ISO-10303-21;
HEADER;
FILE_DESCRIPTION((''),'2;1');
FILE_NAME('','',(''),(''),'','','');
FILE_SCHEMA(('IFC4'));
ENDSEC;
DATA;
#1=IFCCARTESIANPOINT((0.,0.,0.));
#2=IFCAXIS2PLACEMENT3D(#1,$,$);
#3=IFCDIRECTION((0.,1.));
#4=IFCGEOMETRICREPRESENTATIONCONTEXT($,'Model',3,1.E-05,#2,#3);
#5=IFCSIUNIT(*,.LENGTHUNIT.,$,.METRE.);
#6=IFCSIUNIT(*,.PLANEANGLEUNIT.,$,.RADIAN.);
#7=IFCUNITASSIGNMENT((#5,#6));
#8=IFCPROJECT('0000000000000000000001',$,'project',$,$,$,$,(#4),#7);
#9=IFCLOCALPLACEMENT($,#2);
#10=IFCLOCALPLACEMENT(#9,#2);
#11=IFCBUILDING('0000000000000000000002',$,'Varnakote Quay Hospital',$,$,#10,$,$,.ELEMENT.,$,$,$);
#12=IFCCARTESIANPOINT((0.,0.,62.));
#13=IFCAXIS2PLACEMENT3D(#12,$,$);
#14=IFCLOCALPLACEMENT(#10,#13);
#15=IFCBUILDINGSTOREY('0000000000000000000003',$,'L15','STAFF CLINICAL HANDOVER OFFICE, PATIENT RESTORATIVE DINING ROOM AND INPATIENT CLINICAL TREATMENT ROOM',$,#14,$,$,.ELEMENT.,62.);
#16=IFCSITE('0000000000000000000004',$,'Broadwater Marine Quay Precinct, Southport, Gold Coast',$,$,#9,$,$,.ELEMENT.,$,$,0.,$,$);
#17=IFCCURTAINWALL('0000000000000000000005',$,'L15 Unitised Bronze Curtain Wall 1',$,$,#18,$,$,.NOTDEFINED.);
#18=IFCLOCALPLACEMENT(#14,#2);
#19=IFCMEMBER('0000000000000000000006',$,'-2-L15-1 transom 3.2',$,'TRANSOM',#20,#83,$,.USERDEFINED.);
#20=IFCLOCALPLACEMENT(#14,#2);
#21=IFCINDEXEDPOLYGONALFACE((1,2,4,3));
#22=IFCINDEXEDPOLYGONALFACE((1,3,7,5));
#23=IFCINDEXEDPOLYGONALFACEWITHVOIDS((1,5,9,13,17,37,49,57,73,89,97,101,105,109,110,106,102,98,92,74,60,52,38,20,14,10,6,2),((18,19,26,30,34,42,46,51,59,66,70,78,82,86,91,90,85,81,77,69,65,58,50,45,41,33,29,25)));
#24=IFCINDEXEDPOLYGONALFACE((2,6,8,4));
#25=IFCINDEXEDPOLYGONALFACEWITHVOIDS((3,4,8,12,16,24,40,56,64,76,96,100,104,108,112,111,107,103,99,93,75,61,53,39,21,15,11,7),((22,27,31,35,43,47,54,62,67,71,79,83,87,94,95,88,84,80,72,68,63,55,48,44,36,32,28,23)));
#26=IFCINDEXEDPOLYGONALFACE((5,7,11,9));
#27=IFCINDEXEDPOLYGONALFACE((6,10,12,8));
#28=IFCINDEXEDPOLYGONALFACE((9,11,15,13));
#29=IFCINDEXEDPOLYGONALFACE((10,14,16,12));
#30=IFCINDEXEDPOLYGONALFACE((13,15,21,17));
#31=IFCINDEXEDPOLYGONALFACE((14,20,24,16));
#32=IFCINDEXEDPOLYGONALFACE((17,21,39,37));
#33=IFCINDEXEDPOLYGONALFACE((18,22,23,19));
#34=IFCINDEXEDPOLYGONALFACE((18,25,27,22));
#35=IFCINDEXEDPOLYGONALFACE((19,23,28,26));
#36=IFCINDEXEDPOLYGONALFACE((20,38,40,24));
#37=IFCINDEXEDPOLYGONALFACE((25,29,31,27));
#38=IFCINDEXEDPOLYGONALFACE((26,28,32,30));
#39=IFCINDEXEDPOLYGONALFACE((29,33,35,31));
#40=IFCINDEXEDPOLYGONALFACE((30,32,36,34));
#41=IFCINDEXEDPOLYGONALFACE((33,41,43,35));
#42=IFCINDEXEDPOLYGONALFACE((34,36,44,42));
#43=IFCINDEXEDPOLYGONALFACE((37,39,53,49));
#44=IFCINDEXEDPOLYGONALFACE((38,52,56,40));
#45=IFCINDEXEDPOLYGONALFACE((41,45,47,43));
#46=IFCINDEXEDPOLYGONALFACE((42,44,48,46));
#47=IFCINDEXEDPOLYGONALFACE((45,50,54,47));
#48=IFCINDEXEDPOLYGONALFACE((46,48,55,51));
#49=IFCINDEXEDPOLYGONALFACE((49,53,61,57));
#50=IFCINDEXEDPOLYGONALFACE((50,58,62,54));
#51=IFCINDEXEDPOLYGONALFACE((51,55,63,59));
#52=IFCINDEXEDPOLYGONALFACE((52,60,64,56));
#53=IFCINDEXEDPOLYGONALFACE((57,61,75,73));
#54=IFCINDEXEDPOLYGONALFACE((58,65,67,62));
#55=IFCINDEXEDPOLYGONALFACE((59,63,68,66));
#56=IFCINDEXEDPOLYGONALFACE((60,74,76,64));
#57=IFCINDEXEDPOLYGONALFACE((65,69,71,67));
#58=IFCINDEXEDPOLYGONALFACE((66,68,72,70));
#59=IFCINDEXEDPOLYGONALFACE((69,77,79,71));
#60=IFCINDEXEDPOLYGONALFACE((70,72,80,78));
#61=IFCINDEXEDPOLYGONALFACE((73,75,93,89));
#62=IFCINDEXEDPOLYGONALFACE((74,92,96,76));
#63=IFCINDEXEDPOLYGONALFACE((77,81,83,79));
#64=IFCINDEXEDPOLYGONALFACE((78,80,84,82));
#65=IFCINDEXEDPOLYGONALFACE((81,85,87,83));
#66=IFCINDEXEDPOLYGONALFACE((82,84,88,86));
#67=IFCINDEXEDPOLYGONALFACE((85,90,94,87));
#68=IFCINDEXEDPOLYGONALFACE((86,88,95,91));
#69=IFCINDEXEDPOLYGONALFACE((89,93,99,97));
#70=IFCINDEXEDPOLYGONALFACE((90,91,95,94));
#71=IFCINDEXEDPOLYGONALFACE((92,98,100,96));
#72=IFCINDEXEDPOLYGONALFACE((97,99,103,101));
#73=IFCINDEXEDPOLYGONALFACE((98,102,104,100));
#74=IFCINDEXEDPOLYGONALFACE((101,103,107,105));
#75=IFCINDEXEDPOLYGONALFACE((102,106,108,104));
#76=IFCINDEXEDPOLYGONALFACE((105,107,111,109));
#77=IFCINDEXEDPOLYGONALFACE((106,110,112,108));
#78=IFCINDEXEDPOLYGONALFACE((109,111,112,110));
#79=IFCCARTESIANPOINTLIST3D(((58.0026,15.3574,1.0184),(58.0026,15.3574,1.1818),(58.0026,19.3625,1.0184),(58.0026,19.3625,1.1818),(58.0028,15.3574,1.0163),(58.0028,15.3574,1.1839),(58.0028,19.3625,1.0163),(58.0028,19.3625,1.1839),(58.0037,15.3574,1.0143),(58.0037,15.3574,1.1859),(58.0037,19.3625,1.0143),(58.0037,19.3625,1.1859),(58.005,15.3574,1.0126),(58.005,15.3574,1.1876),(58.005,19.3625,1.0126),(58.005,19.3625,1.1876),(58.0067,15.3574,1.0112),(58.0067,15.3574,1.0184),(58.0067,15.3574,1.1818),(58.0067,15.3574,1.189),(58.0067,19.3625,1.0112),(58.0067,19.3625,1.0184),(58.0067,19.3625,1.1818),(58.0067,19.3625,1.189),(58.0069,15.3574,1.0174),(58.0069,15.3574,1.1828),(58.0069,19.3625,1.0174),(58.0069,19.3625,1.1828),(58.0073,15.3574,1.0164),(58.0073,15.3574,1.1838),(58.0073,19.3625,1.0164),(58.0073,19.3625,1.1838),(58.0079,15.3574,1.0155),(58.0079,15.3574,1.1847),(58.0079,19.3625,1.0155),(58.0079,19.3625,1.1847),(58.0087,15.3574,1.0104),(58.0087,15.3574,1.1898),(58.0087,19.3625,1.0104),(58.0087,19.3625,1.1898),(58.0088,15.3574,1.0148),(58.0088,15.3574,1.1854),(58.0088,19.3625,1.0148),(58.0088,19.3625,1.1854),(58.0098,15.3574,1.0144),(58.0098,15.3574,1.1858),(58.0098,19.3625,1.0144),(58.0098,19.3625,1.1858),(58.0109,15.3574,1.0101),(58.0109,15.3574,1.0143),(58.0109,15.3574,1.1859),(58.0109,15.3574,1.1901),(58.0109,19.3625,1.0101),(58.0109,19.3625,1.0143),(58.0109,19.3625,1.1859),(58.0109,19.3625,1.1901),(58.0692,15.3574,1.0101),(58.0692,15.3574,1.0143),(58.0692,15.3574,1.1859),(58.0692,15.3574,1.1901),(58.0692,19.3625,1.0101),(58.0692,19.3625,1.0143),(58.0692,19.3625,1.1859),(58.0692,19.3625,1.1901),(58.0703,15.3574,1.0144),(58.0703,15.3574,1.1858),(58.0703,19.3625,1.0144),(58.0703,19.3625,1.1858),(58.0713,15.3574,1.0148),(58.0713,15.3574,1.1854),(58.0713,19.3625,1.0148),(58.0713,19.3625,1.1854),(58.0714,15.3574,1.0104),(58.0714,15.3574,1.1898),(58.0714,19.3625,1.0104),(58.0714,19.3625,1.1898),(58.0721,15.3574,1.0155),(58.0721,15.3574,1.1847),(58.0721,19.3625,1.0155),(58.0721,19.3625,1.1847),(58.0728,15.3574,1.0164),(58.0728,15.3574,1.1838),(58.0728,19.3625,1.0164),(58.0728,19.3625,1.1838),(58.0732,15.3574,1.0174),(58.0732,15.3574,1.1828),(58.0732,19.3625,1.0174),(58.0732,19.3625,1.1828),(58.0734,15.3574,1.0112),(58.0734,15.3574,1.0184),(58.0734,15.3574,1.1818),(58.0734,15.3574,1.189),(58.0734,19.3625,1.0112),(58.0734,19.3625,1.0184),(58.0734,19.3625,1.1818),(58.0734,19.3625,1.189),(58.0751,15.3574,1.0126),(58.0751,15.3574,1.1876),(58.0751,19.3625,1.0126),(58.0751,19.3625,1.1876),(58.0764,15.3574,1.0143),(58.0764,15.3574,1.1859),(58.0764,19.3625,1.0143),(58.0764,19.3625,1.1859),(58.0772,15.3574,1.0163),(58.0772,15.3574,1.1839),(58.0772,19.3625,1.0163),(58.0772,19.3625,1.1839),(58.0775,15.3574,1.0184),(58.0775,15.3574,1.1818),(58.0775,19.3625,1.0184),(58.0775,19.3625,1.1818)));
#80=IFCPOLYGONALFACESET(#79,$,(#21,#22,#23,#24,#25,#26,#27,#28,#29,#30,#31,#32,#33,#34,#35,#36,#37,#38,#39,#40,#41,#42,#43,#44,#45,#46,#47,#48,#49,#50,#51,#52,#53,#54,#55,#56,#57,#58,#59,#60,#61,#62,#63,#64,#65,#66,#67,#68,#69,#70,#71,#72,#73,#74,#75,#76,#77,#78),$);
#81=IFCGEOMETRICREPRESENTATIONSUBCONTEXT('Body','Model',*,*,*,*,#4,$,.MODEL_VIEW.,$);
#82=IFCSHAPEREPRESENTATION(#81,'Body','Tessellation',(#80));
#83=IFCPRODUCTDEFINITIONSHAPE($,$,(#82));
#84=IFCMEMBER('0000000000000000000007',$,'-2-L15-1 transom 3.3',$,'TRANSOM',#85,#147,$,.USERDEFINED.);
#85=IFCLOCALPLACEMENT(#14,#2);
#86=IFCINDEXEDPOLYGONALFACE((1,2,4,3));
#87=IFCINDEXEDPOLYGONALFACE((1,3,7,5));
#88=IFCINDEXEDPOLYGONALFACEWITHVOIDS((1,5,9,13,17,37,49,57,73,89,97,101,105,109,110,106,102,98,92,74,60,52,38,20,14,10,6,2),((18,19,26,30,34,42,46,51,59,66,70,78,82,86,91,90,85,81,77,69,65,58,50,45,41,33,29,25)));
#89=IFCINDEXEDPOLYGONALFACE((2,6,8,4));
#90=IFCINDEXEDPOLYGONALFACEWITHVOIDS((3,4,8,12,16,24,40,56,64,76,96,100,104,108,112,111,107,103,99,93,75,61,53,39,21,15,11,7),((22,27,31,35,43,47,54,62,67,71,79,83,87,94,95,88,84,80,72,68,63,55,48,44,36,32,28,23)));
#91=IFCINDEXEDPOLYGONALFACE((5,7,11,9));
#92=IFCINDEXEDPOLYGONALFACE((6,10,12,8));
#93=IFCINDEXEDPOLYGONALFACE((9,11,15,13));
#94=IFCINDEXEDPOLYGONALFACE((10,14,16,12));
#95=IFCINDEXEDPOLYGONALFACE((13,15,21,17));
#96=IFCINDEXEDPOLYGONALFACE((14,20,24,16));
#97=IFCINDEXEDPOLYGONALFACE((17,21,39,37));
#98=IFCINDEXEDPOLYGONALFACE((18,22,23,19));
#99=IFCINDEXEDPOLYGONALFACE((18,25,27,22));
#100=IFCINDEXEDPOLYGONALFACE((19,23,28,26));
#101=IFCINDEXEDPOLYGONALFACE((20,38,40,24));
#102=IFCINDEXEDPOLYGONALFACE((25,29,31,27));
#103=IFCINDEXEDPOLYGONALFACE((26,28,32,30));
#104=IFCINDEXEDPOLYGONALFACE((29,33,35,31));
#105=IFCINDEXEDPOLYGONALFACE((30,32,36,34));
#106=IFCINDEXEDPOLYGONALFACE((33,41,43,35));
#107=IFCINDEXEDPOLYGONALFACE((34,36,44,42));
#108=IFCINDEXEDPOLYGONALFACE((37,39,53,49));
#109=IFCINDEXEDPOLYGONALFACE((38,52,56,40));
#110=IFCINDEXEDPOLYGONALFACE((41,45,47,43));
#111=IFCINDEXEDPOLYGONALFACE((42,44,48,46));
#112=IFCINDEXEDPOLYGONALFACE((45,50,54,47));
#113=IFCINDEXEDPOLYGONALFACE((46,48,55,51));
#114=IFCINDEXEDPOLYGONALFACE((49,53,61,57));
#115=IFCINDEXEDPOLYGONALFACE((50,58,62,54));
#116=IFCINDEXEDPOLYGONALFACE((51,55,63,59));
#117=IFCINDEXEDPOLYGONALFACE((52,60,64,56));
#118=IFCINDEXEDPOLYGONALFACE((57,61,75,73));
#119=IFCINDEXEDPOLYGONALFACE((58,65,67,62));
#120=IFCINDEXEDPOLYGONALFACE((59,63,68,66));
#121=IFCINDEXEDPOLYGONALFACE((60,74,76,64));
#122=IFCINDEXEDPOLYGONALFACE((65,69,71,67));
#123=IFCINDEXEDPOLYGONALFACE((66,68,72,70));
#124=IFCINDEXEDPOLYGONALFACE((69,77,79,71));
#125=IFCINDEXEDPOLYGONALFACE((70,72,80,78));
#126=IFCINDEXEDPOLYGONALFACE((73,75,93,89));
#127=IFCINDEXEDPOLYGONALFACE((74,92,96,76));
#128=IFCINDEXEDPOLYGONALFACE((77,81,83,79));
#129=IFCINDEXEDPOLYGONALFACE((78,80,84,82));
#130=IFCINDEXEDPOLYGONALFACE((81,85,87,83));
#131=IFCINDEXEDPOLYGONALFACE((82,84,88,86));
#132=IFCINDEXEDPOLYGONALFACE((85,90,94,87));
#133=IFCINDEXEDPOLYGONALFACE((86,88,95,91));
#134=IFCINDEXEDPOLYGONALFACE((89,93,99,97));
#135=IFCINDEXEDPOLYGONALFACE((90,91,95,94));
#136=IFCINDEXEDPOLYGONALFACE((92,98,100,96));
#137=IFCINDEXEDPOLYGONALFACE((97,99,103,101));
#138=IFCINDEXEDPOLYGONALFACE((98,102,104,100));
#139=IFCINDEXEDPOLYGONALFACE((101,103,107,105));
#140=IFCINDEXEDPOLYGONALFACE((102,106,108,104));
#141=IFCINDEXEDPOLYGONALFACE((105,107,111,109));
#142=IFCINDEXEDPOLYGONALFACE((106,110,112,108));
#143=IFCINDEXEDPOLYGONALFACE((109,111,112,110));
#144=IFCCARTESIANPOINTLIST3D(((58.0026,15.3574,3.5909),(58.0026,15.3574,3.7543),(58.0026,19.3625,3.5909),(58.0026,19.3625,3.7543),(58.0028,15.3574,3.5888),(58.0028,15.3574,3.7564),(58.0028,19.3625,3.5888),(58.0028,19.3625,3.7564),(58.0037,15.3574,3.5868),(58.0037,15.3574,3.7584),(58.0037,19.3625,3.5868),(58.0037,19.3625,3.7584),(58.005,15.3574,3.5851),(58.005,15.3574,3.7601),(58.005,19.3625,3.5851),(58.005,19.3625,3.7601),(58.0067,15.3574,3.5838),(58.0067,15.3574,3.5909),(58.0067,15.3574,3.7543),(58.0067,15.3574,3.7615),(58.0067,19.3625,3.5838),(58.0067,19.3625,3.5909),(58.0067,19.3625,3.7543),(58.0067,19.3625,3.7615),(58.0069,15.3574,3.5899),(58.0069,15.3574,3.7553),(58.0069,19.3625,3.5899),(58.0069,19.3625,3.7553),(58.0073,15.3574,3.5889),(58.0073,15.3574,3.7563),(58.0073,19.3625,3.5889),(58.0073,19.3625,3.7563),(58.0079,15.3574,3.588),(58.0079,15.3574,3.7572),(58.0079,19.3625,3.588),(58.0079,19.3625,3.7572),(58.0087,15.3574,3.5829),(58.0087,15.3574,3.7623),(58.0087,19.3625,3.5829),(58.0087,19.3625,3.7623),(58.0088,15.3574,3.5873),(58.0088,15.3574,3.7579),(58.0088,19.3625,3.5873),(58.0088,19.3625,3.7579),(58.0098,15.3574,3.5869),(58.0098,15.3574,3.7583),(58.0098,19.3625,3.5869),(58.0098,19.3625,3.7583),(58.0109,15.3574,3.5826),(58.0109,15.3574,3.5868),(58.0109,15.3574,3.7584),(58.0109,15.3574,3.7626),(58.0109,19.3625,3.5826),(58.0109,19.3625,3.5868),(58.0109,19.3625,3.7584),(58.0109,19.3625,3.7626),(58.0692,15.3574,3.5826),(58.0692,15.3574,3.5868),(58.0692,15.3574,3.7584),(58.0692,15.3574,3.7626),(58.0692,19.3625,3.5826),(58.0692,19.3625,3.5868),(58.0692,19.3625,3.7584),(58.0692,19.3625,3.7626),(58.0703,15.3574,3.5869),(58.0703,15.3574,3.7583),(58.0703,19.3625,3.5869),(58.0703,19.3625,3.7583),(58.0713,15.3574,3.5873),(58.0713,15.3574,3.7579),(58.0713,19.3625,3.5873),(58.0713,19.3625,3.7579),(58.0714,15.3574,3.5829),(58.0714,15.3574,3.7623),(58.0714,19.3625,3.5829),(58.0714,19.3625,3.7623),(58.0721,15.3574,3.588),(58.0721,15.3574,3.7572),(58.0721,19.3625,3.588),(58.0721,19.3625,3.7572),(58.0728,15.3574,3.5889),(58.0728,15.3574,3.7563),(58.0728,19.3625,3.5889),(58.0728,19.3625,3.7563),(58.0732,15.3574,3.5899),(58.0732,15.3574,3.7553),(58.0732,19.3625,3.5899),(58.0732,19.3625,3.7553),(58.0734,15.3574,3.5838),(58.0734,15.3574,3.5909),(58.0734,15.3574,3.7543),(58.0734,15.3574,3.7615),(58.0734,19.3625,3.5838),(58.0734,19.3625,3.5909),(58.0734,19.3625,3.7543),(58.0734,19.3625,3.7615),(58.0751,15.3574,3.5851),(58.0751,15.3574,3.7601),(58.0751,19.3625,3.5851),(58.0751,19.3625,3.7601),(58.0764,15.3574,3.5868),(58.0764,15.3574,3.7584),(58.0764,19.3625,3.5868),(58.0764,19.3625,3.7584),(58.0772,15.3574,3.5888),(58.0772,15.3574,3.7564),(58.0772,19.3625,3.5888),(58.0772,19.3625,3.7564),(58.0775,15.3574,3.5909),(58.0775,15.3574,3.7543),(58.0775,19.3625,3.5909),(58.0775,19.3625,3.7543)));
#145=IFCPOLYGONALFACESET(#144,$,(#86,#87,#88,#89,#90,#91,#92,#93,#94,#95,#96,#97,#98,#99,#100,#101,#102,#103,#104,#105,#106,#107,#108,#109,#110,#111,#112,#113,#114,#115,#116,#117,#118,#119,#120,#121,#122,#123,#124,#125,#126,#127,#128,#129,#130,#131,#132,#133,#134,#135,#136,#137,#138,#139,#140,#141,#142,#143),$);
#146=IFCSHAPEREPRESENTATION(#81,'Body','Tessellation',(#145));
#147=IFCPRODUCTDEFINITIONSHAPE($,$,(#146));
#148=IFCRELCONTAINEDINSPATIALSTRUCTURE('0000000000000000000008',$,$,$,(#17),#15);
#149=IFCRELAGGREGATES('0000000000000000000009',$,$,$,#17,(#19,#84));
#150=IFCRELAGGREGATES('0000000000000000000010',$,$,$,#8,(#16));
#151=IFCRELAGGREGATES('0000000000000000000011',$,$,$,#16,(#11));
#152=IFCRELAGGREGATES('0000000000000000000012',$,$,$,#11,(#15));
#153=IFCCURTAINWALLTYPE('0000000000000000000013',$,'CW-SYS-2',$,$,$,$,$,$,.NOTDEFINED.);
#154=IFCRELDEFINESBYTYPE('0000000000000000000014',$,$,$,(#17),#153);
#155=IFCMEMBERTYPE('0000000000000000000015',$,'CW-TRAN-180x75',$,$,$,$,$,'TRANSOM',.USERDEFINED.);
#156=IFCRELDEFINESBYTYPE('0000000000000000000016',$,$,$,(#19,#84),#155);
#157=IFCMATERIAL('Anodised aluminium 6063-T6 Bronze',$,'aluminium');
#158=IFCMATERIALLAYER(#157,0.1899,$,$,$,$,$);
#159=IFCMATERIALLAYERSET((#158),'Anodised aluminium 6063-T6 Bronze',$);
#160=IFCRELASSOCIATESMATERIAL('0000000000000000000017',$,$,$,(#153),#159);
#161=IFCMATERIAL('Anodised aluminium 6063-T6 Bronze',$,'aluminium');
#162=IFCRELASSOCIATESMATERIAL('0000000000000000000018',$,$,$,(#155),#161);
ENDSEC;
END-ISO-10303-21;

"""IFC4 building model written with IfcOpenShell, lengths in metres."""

from ifc_helpers import new_model, si_unit, direction, frame, origin, origin_2d, place, context, subcontext, project, spatial, hollow_rectangle, extrude, material, layer, layer_set, material_profile, profile_set, type_object, element, aggregate, save


model = new_model("IFC4")

# Units and contexts
model_context = context("Model", 3, precision=1e-05, world=origin(), true_north=direction((0.0, 1.0)))
body_context = subcontext(model_context, "Body", "Model", "MODEL_VIEW")
ifc_project = project(units=[si_unit("LENGTHUNIT", "METRE"), si_unit("PLANEANGLEUNIT", "RADIAN")], contexts=[model_context])

# Site, building, storey
site_placement = place(None, origin())
site = spatial("IfcSite", under=ifc_project, at=site_placement, Name="Broadwater Marine Quay Precinct, Southport, Gold Coast", CompositionType="ELEMENT", RefElevation=0.0)
building_placement = place(site_placement, origin())
building = spatial("IfcBuilding", under=site, at=building_placement, Name="Varnakote Quay Hospital", CompositionType="ELEMENT")
storey_placement = place(building_placement, frame((0.0, 0.0, 62.0)))
storey = spatial("IfcBuildingStorey", under=building, at=storey_placement, Name="L15", Description="STAFF CLINICAL HANDOVER OFFICE, PATIENT RESTORATIVE DINING ROOM AND INPATIENT CLINICAL TREATMENT ROOM", CompositionType="ELEMENT", Elevation=62.0)

# Curtain wall, members
ifc_material_1 = material(Name="Anodised aluminium 6063-T6 Bronze", Category="aluminium")
ifc_layer_1 = layer(ifc_material_1, 0.1899)
ifc_layer_set_1 = layer_set([ifc_layer_1], Name="Anodised aluminium 6063-T6 Bronze")
curtain_wall_type = type_object("IfcCurtainWallType", Name="CW-SYS-2", PredefinedType="NOTDEFINED", material=ifc_layer_set_1)
curtain_wall_placement = place(storey_placement, origin())
curtain_wall = element("IfcCurtainWall", 1, at=curtain_wall_placement, inside=storey, type_object=curtain_wall_type, Name="L15 Unitised Bronze Curtain Wall 1", PredefinedType="NOTDEFINED")
ifc_material_2 = material(Name="Anodised aluminium 6063-T6 Bronze", Category="aluminium")
ifc_material_profile_1 = material_profile(ifc_material_2, hollow_rectangle(XDim=0.075, YDim=0.1799, WallThickness=0.0042, InnerFilletRadius=0.0042, OuterFilletRadius=0.0083, at=origin_2d()), Name="CW-TRAN-180x75")
ifc_profile_set_1 = profile_set([ifc_material_profile_1], Name="Anodised aluminium 6063-T6 Bronze")
member_type_1 = type_object("IfcMemberType", Name="CW-TRAN-180x75", ElementType="TRANSOM", PredefinedType="USERDEFINED", material=ifc_profile_set_1)
member_1_placement = place(storey_placement, frame((58.04, 15.3574, 1.1001), z_axis=(0.0, 1.0, 0.0), x_axis=(-1.0, 0.0, 0.0)))
member_1 = element("IfcMember", 2, at=member_1_placement, type_object=member_type_1, Name="-2-L15-1 transom 3.2", ObjectType="TRANSOM", PredefinedType="USERDEFINED", context=body_context, shape_type="SweptSolid", body=[
    extrude(hollow_rectangle(XDim=0.075, YDim=0.1799, WallThickness=0.0042, InnerFilletRadius=0.0042, OuterFilletRadius=0.0083, at=origin_2d()), origin(), (0.0, 0.0, 1.0), 4.0051),
])
member_2_placement = place(storey_placement, frame((58.04, 15.3574, 3.6726), z_axis=(0.0, 1.0, 0.0), x_axis=(-1.0, 0.0, 0.0)))
member_2 = element("IfcMember", 3, at=member_2_placement, type_object=member_type_1, Name="-2-L15-1 transom 3.3", ObjectType="TRANSOM", PredefinedType="USERDEFINED", context=body_context, shape_type="SweptSolid", body=[
    extrude(hollow_rectangle(XDim=0.075, YDim=0.1799, WallThickness=0.0042, InnerFilletRadius=0.0042, OuterFilletRadius=0.0083, at=origin_2d()), origin(), (0.0, 0.0, 1.0), 4.0051),
])
aggregate(curtain_wall, [member_1, member_2])

save(model, "model.ifc")
